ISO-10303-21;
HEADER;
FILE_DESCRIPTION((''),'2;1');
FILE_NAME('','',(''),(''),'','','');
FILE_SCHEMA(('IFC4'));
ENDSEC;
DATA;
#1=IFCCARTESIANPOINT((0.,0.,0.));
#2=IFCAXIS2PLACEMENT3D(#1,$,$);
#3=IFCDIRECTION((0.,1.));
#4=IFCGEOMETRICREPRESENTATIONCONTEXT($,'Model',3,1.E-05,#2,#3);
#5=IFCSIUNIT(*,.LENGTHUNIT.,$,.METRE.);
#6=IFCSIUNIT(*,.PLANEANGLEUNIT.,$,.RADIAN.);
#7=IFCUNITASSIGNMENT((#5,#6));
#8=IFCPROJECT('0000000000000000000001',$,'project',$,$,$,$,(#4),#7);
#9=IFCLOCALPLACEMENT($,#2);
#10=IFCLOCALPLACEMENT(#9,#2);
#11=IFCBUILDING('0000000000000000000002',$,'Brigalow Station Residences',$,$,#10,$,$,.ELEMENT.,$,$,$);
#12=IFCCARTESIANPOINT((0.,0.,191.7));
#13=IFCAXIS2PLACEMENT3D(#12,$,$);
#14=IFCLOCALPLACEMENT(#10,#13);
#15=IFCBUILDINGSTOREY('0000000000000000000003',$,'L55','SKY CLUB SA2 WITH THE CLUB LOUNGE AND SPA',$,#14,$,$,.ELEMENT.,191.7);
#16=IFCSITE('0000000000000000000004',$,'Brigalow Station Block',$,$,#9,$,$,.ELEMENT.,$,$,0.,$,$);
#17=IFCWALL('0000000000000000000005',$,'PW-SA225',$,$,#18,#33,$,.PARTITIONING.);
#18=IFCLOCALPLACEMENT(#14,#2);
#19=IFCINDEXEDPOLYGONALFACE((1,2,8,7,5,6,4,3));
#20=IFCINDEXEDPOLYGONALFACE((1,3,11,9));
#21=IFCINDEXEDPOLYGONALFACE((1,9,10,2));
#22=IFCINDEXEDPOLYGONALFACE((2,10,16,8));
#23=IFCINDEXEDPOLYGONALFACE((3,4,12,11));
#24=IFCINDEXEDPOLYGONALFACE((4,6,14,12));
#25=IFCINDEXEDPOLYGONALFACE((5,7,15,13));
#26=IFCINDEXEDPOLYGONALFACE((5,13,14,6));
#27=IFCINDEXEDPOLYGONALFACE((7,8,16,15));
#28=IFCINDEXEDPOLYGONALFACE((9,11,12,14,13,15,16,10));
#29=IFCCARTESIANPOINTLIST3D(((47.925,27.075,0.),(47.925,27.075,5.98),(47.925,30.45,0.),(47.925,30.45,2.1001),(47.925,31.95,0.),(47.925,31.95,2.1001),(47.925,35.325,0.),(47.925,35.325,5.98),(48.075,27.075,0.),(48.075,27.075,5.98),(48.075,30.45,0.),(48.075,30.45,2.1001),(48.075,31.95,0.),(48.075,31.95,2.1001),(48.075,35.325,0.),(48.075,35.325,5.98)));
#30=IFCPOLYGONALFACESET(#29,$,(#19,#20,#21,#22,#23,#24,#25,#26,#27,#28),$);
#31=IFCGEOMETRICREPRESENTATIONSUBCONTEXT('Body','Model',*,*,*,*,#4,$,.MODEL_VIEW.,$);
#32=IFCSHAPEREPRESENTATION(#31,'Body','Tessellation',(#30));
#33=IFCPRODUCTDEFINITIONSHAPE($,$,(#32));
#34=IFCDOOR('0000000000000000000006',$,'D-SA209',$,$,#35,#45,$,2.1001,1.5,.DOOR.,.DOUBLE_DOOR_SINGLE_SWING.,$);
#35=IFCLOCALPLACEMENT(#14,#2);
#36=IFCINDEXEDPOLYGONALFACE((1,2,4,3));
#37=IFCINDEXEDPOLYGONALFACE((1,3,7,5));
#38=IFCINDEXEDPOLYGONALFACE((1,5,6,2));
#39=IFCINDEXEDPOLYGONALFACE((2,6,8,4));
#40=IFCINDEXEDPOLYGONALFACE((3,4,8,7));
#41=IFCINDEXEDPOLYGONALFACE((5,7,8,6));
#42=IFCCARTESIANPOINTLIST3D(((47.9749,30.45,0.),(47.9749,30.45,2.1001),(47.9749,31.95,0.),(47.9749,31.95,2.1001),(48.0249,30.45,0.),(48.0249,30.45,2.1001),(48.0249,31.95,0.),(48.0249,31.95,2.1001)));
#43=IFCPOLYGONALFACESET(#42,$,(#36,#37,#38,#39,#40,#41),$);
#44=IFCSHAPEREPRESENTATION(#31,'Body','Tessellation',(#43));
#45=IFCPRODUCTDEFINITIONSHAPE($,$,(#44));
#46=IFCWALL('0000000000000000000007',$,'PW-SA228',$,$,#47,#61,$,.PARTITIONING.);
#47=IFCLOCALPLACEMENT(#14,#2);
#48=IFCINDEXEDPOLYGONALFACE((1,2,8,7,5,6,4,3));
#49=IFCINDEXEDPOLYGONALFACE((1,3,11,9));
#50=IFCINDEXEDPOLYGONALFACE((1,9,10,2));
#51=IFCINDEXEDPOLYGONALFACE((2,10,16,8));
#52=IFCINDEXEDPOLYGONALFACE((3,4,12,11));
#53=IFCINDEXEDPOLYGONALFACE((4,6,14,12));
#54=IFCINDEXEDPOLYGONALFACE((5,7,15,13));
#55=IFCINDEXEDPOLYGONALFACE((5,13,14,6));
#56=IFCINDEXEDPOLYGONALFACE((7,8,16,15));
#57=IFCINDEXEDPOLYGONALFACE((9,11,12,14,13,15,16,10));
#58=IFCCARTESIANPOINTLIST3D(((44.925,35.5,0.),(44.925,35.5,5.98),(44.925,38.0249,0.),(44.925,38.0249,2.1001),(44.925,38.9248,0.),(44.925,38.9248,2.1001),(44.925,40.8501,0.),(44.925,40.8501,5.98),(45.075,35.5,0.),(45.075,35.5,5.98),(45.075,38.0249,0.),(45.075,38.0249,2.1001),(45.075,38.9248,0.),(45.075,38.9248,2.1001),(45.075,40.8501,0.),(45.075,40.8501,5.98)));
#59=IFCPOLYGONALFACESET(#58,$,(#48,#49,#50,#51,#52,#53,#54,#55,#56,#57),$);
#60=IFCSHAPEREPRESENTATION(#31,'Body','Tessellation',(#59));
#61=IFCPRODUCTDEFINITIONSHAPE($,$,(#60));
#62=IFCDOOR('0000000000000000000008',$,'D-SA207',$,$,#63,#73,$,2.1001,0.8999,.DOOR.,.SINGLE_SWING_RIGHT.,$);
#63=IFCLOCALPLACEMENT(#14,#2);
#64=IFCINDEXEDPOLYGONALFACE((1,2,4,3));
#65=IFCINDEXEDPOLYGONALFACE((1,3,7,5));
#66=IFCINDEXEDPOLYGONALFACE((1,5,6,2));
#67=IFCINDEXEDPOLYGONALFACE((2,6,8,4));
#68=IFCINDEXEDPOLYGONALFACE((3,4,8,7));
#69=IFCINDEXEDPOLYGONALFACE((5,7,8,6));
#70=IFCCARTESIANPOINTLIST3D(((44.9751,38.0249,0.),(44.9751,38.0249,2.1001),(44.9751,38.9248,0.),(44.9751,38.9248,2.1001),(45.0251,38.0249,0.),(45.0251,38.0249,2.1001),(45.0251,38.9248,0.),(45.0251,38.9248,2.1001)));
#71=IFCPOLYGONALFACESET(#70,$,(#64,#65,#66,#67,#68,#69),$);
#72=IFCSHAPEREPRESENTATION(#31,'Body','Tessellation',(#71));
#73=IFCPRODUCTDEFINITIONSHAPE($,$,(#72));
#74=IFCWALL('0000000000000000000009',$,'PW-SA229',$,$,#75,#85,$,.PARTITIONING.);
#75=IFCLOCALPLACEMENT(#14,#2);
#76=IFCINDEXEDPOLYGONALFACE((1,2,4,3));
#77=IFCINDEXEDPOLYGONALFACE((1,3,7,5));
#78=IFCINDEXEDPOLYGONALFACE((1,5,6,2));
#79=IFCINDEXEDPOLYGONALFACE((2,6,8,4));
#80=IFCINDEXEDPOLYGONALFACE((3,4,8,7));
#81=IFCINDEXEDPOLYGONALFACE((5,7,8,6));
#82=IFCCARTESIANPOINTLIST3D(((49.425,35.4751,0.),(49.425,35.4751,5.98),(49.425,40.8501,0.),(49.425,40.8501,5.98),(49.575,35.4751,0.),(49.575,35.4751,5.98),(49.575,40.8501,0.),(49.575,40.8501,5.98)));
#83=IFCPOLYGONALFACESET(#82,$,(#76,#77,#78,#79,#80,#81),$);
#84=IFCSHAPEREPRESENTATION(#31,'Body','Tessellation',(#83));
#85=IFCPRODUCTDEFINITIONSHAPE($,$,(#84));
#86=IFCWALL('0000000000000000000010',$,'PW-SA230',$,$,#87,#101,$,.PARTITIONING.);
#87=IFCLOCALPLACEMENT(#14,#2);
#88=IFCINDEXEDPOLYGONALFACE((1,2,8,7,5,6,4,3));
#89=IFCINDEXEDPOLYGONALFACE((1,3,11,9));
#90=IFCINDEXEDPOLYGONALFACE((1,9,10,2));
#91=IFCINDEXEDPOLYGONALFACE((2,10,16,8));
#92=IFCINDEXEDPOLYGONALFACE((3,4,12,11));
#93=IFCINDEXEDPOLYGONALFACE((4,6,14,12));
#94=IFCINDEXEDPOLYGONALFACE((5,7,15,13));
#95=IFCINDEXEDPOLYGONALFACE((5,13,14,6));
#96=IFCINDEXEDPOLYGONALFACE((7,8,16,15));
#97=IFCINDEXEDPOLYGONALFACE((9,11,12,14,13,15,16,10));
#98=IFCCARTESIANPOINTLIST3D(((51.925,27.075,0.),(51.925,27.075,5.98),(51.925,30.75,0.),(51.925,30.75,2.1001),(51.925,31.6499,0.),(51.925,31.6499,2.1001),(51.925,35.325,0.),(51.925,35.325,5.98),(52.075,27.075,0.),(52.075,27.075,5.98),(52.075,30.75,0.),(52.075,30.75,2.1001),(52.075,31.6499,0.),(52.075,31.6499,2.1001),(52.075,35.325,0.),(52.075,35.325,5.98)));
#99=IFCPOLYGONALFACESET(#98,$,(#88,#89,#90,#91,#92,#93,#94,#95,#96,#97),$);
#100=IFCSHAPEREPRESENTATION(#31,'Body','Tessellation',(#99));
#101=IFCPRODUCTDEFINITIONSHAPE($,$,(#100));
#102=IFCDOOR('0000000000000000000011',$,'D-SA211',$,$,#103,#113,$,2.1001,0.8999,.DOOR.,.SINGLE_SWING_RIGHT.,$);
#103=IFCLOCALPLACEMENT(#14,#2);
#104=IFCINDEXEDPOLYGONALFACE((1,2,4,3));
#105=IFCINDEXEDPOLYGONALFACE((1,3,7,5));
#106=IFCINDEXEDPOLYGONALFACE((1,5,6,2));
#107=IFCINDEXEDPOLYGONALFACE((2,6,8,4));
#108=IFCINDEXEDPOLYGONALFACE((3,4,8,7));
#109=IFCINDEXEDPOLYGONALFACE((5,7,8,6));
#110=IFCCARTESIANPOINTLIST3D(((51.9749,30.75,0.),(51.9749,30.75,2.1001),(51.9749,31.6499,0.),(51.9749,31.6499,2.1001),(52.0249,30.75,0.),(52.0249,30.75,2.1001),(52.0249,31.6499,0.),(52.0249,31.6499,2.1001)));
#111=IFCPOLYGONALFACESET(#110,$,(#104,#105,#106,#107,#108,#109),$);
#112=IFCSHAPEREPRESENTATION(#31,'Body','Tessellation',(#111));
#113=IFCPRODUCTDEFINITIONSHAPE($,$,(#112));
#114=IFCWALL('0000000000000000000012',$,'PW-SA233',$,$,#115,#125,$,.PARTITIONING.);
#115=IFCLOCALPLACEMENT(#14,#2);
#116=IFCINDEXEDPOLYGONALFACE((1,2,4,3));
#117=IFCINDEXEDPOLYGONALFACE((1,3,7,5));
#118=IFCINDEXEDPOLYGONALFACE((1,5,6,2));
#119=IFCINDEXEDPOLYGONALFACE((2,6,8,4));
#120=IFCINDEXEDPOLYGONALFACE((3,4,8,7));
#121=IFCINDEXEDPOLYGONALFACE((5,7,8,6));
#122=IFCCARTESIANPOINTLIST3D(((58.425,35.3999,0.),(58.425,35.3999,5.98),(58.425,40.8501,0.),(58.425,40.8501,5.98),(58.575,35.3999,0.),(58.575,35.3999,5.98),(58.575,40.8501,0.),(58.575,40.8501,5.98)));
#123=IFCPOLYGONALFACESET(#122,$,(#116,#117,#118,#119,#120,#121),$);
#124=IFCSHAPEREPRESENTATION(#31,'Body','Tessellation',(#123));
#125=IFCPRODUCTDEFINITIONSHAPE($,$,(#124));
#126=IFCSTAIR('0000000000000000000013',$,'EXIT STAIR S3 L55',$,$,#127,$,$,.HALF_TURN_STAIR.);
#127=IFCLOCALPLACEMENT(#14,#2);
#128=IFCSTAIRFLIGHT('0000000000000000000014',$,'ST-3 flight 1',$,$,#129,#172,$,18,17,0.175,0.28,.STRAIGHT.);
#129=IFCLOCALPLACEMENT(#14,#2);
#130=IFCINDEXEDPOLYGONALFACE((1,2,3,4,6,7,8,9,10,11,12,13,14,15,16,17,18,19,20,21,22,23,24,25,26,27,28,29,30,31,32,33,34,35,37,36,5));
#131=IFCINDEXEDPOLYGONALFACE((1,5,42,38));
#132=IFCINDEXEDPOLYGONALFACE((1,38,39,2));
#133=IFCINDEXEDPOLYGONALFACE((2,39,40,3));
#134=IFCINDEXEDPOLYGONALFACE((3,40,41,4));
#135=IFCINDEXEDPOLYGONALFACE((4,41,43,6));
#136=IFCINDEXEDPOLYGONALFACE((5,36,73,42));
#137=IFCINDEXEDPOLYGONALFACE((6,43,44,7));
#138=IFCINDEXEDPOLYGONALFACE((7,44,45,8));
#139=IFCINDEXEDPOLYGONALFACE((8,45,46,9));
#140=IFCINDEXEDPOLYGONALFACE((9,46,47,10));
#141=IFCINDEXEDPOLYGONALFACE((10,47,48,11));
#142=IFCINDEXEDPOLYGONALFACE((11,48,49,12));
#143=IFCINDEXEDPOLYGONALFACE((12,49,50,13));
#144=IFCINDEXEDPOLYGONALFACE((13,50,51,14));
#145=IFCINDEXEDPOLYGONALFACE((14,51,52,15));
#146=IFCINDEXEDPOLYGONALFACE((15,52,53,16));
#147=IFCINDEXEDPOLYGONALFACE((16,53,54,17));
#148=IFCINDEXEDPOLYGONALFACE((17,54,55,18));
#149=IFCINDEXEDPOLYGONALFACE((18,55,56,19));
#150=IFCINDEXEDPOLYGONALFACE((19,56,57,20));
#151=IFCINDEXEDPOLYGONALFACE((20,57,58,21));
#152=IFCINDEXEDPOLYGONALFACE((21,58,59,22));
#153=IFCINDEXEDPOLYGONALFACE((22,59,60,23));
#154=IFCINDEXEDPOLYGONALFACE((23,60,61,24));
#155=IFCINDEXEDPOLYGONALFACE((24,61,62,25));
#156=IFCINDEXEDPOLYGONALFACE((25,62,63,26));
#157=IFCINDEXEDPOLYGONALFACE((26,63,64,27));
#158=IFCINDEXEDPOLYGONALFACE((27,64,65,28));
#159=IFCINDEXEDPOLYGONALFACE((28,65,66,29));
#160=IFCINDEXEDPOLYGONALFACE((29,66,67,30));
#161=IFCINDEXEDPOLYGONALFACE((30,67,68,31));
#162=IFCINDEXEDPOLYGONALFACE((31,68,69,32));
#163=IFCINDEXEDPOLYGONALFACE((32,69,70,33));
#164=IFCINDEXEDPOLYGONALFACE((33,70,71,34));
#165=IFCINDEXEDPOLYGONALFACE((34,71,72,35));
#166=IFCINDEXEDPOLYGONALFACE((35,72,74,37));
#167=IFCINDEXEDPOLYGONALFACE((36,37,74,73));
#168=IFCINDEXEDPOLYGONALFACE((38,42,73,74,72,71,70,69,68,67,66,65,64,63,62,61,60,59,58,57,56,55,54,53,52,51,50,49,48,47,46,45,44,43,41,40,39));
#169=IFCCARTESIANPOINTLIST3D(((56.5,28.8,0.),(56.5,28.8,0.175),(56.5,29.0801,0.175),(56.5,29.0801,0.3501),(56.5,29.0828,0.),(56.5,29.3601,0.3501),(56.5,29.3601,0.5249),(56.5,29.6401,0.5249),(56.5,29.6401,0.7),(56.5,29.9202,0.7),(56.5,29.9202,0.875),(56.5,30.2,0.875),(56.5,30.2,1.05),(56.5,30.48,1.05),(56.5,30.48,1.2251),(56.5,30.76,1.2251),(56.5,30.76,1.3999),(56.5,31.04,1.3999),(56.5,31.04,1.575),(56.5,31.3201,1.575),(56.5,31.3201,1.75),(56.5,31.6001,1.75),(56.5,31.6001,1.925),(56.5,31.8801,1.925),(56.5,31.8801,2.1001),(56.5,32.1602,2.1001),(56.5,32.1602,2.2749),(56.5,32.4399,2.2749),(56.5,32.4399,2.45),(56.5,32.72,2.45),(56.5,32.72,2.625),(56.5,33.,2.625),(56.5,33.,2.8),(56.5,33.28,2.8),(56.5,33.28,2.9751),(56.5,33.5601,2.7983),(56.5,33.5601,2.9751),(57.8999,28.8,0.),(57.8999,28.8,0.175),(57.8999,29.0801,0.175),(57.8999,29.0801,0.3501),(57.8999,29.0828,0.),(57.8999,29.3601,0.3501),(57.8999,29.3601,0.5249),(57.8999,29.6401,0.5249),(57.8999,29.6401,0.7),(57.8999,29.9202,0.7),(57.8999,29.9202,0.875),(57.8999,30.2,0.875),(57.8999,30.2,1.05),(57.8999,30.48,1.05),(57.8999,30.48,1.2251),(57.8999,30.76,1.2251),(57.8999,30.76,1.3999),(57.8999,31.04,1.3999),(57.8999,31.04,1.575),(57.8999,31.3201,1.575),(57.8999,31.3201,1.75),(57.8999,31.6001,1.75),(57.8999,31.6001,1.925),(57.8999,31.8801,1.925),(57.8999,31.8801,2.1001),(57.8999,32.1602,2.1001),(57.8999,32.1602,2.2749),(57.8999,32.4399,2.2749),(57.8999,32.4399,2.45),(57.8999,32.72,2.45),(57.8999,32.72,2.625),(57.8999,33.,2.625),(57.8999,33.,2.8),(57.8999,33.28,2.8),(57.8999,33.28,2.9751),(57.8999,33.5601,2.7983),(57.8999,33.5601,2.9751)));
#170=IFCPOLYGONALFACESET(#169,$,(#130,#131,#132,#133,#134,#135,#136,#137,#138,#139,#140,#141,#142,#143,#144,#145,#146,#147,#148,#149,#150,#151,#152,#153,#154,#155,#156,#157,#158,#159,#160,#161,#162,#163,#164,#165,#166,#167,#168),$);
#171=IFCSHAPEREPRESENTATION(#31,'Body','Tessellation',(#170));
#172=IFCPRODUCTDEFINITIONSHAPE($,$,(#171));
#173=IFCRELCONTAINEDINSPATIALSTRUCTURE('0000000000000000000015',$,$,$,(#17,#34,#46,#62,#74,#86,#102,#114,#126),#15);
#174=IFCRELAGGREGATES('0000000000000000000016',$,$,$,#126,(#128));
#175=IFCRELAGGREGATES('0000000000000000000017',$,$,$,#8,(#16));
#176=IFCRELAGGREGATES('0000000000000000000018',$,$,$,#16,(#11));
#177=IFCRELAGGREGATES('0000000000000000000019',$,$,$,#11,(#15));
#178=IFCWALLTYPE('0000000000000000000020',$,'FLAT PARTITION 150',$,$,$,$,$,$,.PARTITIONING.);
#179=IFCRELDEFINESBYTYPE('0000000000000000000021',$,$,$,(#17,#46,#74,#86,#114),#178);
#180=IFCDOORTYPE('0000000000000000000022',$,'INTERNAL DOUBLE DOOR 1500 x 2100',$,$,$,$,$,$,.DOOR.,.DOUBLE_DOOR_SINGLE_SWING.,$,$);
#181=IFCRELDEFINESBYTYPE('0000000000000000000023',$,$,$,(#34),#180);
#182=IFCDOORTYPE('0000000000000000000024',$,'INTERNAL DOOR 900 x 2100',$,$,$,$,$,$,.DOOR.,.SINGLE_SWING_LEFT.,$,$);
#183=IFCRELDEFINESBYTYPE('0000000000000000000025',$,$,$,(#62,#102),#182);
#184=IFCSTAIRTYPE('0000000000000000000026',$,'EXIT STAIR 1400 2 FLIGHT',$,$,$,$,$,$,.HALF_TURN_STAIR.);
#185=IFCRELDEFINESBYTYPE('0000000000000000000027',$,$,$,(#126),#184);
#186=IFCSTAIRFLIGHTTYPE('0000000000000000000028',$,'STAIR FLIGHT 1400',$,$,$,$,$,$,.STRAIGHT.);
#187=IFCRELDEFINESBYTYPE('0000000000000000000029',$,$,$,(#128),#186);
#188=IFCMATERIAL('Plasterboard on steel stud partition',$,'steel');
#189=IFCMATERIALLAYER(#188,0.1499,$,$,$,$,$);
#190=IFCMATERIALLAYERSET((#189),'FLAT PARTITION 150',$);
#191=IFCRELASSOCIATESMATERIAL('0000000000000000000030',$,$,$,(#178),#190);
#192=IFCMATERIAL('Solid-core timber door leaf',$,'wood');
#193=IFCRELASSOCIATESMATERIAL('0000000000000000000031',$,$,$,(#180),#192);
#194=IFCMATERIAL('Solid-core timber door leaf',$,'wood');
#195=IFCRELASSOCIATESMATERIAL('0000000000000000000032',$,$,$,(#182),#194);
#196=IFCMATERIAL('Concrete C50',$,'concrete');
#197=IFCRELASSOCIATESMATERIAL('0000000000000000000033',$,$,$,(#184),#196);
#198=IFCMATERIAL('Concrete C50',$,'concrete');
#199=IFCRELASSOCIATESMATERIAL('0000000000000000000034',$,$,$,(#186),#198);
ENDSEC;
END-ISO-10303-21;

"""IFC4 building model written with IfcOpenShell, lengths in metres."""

from ifc_helpers import new_model, si_unit, direction, frame, frame_2d, origin, place, context, subcontext, project, spatial, polyline, rectangle, outline, extrude, material, layer, layer_set, type_object, element, fill, aggregate, save


model = new_model("IFC4")

# Units and contexts
model_context = context("Model", 3, precision=1e-05, world=origin(), true_north=direction((0.0, 1.0)))
body_context = subcontext(model_context, "Body", "Model", "MODEL_VIEW")
ifc_project = project(units=[si_unit("LENGTHUNIT", "METRE"), si_unit("PLANEANGLEUNIT", "RADIAN")], contexts=[model_context])

# Site, building, storey
site_placement = place(None, origin())
site = spatial("IfcSite", under=ifc_project, at=site_placement, Name="Brigalow Station Block", CompositionType="ELEMENT", RefElevation=0.0)
building_placement = place(site_placement, origin())
building = spatial("IfcBuilding", under=site, at=building_placement, Name="Brigalow Station Residences", CompositionType="ELEMENT")
storey_placement = place(building_placement, frame((0.0, 0.0, 191.7)))
storey = spatial("IfcBuildingStorey", under=building, at=storey_placement, Name="L55", Description="SKY CLUB SA2 WITH THE CLUB LOUNGE AND SPA", CompositionType="ELEMENT", Elevation=191.7)

# Shared definitions
ifc_material_1 = material(Name="Plasterboard on steel stud partition", Category="steel")
ifc_layer_1 = layer(ifc_material_1, 0.1499)
ifc_layer_set_1 = layer_set([ifc_layer_1], Name="FLAT PARTITION 150")
wall_type_1 = type_object("IfcWallType", Name="FLAT PARTITION 150", PredefinedType="PARTITIONING", material=ifc_layer_set_1)

# Shared definitions
ifc_material_2 = material(Name="Solid-core timber door leaf", Category="wood")
door_type_1 = type_object("IfcDoorType", Name="INTERNAL DOUBLE DOOR 1500 x 2100", OperationType="DOUBLE_DOOR_SINGLE_SWING", PredefinedType="DOOR", material=ifc_material_2)

# Walls, openings, doors
wall_1_placement = place(storey_placement, frame((48.0, 27.075, 0.0), z_axis=(0.0, 0.0, 1.0), x_axis=(0.0, 1.0, 0.0)))
wall_1 = element("IfcWall", 1, at=wall_1_placement, inside=storey, type_object=wall_type_1, Name="PW-SA225", PredefinedType="PARTITIONING", context=body_context, shape_type="SweptSolid", body=[
    extrude(rectangle(XDim=8.25, YDim=0.1499, at=frame_2d((4.125, 0.0))), origin(), (0.0, 0.0, 1.0), 5.98),
])
opening_1_placement = place(wall_1_placement, frame((3.375, 0.0, 0.0)))
opening_1 = element("IfcOpeningElement", 2, at=opening_1_placement, cuts=wall_1, PredefinedType="OPENING", context=body_context, shape_type="SweptSolid", body=[
    extrude(rectangle(XDim=1.5, YDim=2.1001, at=frame_2d((0.75, 1.05))), frame((0.0, 0.085, 0.0), z_axis=(0.0, -1.0, 0.0), x_axis=(1.0, 0.0, 0.0)), (0.0, 0.0, 1.0), 0.1699),
])
door_1_placement = place(opening_1_placement, frame((1.5, 0.0, 0.0), z_axis=(0.0, 0.0, 1.0), x_axis=(-1.0, 0.0, 0.0)))
door_1 = element("IfcDoor", 3, at=door_1_placement, inside=storey, type_object=door_type_1, Name="D-SA209", OperationType="DOUBLE_DOOR_SINGLE_SWING", OverallHeight=2.1001, OverallWidth=1.5, PredefinedType="DOOR", context=body_context, shape_type="SweptSolid", body=[
    extrude(rectangle(XDim=1.5, YDim=2.1001, at=frame_2d((0.75, 1.05))), frame((0.0, 0.0249, 0.0), z_axis=(0.0, -1.0, 0.0), x_axis=(1.0, 0.0, 0.0)), (0.0, 0.0, 1.0), 0.05),
])
fill(opening_1, door_1)
wall_2_placement = place(storey_placement, frame((45.0, 35.5, 0.0), z_axis=(0.0, 0.0, 1.0), x_axis=(0.0, 1.0, 0.0)))
wall_2 = element("IfcWall", 4, at=wall_2_placement, inside=storey, type_object=wall_type_1, Name="PW-SA228", PredefinedType="PARTITIONING", context=body_context, shape_type="SweptSolid", body=[
    extrude(rectangle(XDim=5.3501, YDim=0.1499, at=frame_2d((2.675, 0.0))), origin(), (0.0, 0.0, 1.0), 5.98),
])
opening_2_placement = place(wall_2_placement, frame((2.5249, 0.0, 0.0)))
opening_2 = element("IfcOpeningElement", 5, at=opening_2_placement, cuts=wall_2, PredefinedType="OPENING", context=body_context, shape_type="SweptSolid", body=[
    extrude(rectangle(XDim=0.8999, YDim=2.1001, at=frame_2d((0.45, 1.05))), frame((0.0, 0.085, 0.0), z_axis=(0.0, -1.0, 0.0), x_axis=(1.0, 0.0, 0.0)), (0.0, 0.0, 1.0), 0.1699),
])
ifc_material_3 = material(Name="Solid-core timber door leaf", Category="wood")
door_type_2 = type_object("IfcDoorType", Name="INTERNAL DOOR 900 x 2100", OperationType="SINGLE_SWING_LEFT", PredefinedType="DOOR", material=ifc_material_3)
door_2_placement = place(opening_2_placement, origin())
door_2 = element("IfcDoor", 6, at=door_2_placement, inside=storey, type_object=door_type_2, Name="D-SA207", OperationType="SINGLE_SWING_RIGHT", OverallHeight=2.1001, OverallWidth=0.8999, PredefinedType="DOOR", context=body_context, shape_type="SweptSolid", body=[
    extrude(rectangle(XDim=0.8999, YDim=2.1001, at=frame_2d((0.45, 1.05))), frame((0.0, 0.0249, 0.0), z_axis=(0.0, -1.0, 0.0), x_axis=(1.0, 0.0, 0.0)), (0.0, 0.0, 1.0), 0.05),
])
fill(opening_2, door_2)

# Wall
wall_3_placement = place(storey_placement, frame((49.5, 35.4751, 0.0), z_axis=(0.0, 0.0, 1.0), x_axis=(0.0, 1.0, 0.0)))
element("IfcWall", 7, at=wall_3_placement, inside=storey, type_object=wall_type_1, Name="PW-SA229", PredefinedType="PARTITIONING", context=body_context, shape_type="SweptSolid", body=[
    extrude(rectangle(XDim=5.375, YDim=0.1499, at=frame_2d((2.6875, 0.0))), origin(), (0.0, 0.0, 1.0), 5.98),
])

# Wall, opening, door
wall_4_placement = place(storey_placement, frame((52.0, 27.075, 0.0), z_axis=(0.0, 0.0, 1.0), x_axis=(0.0, 1.0, 0.0)))
wall_4 = element("IfcWall", 8, at=wall_4_placement, inside=storey, type_object=wall_type_1, Name="PW-SA230", PredefinedType="PARTITIONING", context=body_context, shape_type="SweptSolid", body=[
    extrude(rectangle(XDim=8.25, YDim=0.1499, at=frame_2d((4.125, 0.0))), origin(), (0.0, 0.0, 1.0), 5.98),
])
opening_3_placement = place(wall_4_placement, frame((3.675, 0.0, 0.0)))
opening_3 = element("IfcOpeningElement", 9, at=opening_3_placement, cuts=wall_4, PredefinedType="OPENING", context=body_context, shape_type="SweptSolid", body=[
    extrude(rectangle(XDim=0.8999, YDim=2.1001, at=frame_2d((0.45, 1.05))), frame((0.0, 0.085, 0.0), z_axis=(0.0, -1.0, 0.0), x_axis=(1.0, 0.0, 0.0)), (0.0, 0.0, 1.0), 0.1699),
])
door_3_placement = place(opening_3_placement, frame((0.8999, 0.0, 0.0), z_axis=(0.0, 0.0, 1.0), x_axis=(-1.0, 0.0, 0.0)))
door_3 = element("IfcDoor", 10, at=door_3_placement, inside=storey, type_object=door_type_2, Name="D-SA211", OperationType="SINGLE_SWING_RIGHT", OverallHeight=2.1001, OverallWidth=0.8999, PredefinedType="DOOR", context=body_context, shape_type="SweptSolid", body=[
    extrude(rectangle(XDim=0.8999, YDim=2.1001, at=frame_2d((0.45, 1.05))), frame((0.0, 0.0249, 0.0), z_axis=(0.0, -1.0, 0.0), x_axis=(1.0, 0.0, 0.0)), (0.0, 0.0, 1.0), 0.05),
])
fill(opening_3, door_3)

# Wall
wall_5_placement = place(storey_placement, frame((58.5, 35.3999, 0.0), z_axis=(0.0, 0.0, 1.0), x_axis=(0.0, 1.0, 0.0)))
element("IfcWall", 11, at=wall_5_placement, inside=storey, type_object=wall_type_1, Name="PW-SA233", PredefinedType="PARTITIONING", context=body_context, shape_type="SweptSolid", body=[
    extrude(rectangle(XDim=5.4502, YDim=0.1499, at=frame_2d((2.7251, 0.0))), origin(), (0.0, 0.0, 1.0), 5.98),
])

# Stair, stair flight
ifc_material_4 = material(Name="Concrete C50", Category="concrete")
stair_type = type_object("IfcStairType", Name="EXIT STAIR 1400 2 FLIGHT", PredefinedType="HALF_TURN_STAIR", material=ifc_material_4)
stair_placement = place(storey_placement, origin())
stair = element("IfcStair", 12, at=stair_placement, inside=storey, type_object=stair_type, Name="EXIT STAIR S3 L55", PredefinedType="HALF_TURN_STAIR")
ifc_material_5 = material(Name="Concrete C50", Category="concrete")
stair_flight_type = type_object("IfcStairFlightType", Name="STAIR FLIGHT 1400", PredefinedType="STRAIGHT", material=ifc_material_5)
stair_flight_1_placement = place(storey_placement, frame((57.2, 28.8, 0.0), z_axis=(0.0, 0.0, 1.0), x_axis=(0.0, 1.0, 0.0)))
stair_flight_1 = element("IfcStairFlight", 13, at=stair_flight_1_placement, type_object=stair_flight_type, Name="ST-3 flight 1", NumberOfRisers=18, NumberOfTreads=17, PredefinedType="STRAIGHT", RiserHeight=0.175, TreadLength=0.28, context=body_context, shape_type="SweptSolid", body=[
    extrude(outline(polyline([(0.0, 0.0), (0.0, 0.175), (0.28, 0.175), (0.28, 0.3501), (0.5601, 0.3501), (0.5601, 0.5249), (0.8401, 0.5249), (0.8401, 0.7), (1.1201, 0.7), (1.1201, 0.875), (1.3999, 0.875), (1.3999, 1.05), (1.6799, 1.05), (1.6799, 1.2251), (1.96, 1.2251), (1.96, 1.3999), (2.24, 1.3999), (2.24, 1.575), (2.52, 1.575), (2.52, 1.75), (2.8, 1.75), (2.8, 1.925), (3.0801, 1.925), (3.0801, 2.1001), (3.3601, 2.1001), (3.3601, 2.2749), (3.6399, 2.2749), (3.6399, 2.45), (3.9199, 2.45), (3.9199, 2.625), (4.2, 2.625), (4.2, 2.8), (4.48, 2.8), (4.48, 2.9751), (4.76, 2.9751), (4.76, 3.1499), (4.76, 2.7983), (0.2827, 0.0), (0.0, 0.0)])), frame((0.0, 0.7, 0.0), z_axis=(0.0, -1.0, 0.0), x_axis=(1.0, 0.0, 0.0)), (0.0, 0.0, 1.0), 1.3999),
])
aggregate(stair, [stair_flight_1])

save(model, "model.ifc")
